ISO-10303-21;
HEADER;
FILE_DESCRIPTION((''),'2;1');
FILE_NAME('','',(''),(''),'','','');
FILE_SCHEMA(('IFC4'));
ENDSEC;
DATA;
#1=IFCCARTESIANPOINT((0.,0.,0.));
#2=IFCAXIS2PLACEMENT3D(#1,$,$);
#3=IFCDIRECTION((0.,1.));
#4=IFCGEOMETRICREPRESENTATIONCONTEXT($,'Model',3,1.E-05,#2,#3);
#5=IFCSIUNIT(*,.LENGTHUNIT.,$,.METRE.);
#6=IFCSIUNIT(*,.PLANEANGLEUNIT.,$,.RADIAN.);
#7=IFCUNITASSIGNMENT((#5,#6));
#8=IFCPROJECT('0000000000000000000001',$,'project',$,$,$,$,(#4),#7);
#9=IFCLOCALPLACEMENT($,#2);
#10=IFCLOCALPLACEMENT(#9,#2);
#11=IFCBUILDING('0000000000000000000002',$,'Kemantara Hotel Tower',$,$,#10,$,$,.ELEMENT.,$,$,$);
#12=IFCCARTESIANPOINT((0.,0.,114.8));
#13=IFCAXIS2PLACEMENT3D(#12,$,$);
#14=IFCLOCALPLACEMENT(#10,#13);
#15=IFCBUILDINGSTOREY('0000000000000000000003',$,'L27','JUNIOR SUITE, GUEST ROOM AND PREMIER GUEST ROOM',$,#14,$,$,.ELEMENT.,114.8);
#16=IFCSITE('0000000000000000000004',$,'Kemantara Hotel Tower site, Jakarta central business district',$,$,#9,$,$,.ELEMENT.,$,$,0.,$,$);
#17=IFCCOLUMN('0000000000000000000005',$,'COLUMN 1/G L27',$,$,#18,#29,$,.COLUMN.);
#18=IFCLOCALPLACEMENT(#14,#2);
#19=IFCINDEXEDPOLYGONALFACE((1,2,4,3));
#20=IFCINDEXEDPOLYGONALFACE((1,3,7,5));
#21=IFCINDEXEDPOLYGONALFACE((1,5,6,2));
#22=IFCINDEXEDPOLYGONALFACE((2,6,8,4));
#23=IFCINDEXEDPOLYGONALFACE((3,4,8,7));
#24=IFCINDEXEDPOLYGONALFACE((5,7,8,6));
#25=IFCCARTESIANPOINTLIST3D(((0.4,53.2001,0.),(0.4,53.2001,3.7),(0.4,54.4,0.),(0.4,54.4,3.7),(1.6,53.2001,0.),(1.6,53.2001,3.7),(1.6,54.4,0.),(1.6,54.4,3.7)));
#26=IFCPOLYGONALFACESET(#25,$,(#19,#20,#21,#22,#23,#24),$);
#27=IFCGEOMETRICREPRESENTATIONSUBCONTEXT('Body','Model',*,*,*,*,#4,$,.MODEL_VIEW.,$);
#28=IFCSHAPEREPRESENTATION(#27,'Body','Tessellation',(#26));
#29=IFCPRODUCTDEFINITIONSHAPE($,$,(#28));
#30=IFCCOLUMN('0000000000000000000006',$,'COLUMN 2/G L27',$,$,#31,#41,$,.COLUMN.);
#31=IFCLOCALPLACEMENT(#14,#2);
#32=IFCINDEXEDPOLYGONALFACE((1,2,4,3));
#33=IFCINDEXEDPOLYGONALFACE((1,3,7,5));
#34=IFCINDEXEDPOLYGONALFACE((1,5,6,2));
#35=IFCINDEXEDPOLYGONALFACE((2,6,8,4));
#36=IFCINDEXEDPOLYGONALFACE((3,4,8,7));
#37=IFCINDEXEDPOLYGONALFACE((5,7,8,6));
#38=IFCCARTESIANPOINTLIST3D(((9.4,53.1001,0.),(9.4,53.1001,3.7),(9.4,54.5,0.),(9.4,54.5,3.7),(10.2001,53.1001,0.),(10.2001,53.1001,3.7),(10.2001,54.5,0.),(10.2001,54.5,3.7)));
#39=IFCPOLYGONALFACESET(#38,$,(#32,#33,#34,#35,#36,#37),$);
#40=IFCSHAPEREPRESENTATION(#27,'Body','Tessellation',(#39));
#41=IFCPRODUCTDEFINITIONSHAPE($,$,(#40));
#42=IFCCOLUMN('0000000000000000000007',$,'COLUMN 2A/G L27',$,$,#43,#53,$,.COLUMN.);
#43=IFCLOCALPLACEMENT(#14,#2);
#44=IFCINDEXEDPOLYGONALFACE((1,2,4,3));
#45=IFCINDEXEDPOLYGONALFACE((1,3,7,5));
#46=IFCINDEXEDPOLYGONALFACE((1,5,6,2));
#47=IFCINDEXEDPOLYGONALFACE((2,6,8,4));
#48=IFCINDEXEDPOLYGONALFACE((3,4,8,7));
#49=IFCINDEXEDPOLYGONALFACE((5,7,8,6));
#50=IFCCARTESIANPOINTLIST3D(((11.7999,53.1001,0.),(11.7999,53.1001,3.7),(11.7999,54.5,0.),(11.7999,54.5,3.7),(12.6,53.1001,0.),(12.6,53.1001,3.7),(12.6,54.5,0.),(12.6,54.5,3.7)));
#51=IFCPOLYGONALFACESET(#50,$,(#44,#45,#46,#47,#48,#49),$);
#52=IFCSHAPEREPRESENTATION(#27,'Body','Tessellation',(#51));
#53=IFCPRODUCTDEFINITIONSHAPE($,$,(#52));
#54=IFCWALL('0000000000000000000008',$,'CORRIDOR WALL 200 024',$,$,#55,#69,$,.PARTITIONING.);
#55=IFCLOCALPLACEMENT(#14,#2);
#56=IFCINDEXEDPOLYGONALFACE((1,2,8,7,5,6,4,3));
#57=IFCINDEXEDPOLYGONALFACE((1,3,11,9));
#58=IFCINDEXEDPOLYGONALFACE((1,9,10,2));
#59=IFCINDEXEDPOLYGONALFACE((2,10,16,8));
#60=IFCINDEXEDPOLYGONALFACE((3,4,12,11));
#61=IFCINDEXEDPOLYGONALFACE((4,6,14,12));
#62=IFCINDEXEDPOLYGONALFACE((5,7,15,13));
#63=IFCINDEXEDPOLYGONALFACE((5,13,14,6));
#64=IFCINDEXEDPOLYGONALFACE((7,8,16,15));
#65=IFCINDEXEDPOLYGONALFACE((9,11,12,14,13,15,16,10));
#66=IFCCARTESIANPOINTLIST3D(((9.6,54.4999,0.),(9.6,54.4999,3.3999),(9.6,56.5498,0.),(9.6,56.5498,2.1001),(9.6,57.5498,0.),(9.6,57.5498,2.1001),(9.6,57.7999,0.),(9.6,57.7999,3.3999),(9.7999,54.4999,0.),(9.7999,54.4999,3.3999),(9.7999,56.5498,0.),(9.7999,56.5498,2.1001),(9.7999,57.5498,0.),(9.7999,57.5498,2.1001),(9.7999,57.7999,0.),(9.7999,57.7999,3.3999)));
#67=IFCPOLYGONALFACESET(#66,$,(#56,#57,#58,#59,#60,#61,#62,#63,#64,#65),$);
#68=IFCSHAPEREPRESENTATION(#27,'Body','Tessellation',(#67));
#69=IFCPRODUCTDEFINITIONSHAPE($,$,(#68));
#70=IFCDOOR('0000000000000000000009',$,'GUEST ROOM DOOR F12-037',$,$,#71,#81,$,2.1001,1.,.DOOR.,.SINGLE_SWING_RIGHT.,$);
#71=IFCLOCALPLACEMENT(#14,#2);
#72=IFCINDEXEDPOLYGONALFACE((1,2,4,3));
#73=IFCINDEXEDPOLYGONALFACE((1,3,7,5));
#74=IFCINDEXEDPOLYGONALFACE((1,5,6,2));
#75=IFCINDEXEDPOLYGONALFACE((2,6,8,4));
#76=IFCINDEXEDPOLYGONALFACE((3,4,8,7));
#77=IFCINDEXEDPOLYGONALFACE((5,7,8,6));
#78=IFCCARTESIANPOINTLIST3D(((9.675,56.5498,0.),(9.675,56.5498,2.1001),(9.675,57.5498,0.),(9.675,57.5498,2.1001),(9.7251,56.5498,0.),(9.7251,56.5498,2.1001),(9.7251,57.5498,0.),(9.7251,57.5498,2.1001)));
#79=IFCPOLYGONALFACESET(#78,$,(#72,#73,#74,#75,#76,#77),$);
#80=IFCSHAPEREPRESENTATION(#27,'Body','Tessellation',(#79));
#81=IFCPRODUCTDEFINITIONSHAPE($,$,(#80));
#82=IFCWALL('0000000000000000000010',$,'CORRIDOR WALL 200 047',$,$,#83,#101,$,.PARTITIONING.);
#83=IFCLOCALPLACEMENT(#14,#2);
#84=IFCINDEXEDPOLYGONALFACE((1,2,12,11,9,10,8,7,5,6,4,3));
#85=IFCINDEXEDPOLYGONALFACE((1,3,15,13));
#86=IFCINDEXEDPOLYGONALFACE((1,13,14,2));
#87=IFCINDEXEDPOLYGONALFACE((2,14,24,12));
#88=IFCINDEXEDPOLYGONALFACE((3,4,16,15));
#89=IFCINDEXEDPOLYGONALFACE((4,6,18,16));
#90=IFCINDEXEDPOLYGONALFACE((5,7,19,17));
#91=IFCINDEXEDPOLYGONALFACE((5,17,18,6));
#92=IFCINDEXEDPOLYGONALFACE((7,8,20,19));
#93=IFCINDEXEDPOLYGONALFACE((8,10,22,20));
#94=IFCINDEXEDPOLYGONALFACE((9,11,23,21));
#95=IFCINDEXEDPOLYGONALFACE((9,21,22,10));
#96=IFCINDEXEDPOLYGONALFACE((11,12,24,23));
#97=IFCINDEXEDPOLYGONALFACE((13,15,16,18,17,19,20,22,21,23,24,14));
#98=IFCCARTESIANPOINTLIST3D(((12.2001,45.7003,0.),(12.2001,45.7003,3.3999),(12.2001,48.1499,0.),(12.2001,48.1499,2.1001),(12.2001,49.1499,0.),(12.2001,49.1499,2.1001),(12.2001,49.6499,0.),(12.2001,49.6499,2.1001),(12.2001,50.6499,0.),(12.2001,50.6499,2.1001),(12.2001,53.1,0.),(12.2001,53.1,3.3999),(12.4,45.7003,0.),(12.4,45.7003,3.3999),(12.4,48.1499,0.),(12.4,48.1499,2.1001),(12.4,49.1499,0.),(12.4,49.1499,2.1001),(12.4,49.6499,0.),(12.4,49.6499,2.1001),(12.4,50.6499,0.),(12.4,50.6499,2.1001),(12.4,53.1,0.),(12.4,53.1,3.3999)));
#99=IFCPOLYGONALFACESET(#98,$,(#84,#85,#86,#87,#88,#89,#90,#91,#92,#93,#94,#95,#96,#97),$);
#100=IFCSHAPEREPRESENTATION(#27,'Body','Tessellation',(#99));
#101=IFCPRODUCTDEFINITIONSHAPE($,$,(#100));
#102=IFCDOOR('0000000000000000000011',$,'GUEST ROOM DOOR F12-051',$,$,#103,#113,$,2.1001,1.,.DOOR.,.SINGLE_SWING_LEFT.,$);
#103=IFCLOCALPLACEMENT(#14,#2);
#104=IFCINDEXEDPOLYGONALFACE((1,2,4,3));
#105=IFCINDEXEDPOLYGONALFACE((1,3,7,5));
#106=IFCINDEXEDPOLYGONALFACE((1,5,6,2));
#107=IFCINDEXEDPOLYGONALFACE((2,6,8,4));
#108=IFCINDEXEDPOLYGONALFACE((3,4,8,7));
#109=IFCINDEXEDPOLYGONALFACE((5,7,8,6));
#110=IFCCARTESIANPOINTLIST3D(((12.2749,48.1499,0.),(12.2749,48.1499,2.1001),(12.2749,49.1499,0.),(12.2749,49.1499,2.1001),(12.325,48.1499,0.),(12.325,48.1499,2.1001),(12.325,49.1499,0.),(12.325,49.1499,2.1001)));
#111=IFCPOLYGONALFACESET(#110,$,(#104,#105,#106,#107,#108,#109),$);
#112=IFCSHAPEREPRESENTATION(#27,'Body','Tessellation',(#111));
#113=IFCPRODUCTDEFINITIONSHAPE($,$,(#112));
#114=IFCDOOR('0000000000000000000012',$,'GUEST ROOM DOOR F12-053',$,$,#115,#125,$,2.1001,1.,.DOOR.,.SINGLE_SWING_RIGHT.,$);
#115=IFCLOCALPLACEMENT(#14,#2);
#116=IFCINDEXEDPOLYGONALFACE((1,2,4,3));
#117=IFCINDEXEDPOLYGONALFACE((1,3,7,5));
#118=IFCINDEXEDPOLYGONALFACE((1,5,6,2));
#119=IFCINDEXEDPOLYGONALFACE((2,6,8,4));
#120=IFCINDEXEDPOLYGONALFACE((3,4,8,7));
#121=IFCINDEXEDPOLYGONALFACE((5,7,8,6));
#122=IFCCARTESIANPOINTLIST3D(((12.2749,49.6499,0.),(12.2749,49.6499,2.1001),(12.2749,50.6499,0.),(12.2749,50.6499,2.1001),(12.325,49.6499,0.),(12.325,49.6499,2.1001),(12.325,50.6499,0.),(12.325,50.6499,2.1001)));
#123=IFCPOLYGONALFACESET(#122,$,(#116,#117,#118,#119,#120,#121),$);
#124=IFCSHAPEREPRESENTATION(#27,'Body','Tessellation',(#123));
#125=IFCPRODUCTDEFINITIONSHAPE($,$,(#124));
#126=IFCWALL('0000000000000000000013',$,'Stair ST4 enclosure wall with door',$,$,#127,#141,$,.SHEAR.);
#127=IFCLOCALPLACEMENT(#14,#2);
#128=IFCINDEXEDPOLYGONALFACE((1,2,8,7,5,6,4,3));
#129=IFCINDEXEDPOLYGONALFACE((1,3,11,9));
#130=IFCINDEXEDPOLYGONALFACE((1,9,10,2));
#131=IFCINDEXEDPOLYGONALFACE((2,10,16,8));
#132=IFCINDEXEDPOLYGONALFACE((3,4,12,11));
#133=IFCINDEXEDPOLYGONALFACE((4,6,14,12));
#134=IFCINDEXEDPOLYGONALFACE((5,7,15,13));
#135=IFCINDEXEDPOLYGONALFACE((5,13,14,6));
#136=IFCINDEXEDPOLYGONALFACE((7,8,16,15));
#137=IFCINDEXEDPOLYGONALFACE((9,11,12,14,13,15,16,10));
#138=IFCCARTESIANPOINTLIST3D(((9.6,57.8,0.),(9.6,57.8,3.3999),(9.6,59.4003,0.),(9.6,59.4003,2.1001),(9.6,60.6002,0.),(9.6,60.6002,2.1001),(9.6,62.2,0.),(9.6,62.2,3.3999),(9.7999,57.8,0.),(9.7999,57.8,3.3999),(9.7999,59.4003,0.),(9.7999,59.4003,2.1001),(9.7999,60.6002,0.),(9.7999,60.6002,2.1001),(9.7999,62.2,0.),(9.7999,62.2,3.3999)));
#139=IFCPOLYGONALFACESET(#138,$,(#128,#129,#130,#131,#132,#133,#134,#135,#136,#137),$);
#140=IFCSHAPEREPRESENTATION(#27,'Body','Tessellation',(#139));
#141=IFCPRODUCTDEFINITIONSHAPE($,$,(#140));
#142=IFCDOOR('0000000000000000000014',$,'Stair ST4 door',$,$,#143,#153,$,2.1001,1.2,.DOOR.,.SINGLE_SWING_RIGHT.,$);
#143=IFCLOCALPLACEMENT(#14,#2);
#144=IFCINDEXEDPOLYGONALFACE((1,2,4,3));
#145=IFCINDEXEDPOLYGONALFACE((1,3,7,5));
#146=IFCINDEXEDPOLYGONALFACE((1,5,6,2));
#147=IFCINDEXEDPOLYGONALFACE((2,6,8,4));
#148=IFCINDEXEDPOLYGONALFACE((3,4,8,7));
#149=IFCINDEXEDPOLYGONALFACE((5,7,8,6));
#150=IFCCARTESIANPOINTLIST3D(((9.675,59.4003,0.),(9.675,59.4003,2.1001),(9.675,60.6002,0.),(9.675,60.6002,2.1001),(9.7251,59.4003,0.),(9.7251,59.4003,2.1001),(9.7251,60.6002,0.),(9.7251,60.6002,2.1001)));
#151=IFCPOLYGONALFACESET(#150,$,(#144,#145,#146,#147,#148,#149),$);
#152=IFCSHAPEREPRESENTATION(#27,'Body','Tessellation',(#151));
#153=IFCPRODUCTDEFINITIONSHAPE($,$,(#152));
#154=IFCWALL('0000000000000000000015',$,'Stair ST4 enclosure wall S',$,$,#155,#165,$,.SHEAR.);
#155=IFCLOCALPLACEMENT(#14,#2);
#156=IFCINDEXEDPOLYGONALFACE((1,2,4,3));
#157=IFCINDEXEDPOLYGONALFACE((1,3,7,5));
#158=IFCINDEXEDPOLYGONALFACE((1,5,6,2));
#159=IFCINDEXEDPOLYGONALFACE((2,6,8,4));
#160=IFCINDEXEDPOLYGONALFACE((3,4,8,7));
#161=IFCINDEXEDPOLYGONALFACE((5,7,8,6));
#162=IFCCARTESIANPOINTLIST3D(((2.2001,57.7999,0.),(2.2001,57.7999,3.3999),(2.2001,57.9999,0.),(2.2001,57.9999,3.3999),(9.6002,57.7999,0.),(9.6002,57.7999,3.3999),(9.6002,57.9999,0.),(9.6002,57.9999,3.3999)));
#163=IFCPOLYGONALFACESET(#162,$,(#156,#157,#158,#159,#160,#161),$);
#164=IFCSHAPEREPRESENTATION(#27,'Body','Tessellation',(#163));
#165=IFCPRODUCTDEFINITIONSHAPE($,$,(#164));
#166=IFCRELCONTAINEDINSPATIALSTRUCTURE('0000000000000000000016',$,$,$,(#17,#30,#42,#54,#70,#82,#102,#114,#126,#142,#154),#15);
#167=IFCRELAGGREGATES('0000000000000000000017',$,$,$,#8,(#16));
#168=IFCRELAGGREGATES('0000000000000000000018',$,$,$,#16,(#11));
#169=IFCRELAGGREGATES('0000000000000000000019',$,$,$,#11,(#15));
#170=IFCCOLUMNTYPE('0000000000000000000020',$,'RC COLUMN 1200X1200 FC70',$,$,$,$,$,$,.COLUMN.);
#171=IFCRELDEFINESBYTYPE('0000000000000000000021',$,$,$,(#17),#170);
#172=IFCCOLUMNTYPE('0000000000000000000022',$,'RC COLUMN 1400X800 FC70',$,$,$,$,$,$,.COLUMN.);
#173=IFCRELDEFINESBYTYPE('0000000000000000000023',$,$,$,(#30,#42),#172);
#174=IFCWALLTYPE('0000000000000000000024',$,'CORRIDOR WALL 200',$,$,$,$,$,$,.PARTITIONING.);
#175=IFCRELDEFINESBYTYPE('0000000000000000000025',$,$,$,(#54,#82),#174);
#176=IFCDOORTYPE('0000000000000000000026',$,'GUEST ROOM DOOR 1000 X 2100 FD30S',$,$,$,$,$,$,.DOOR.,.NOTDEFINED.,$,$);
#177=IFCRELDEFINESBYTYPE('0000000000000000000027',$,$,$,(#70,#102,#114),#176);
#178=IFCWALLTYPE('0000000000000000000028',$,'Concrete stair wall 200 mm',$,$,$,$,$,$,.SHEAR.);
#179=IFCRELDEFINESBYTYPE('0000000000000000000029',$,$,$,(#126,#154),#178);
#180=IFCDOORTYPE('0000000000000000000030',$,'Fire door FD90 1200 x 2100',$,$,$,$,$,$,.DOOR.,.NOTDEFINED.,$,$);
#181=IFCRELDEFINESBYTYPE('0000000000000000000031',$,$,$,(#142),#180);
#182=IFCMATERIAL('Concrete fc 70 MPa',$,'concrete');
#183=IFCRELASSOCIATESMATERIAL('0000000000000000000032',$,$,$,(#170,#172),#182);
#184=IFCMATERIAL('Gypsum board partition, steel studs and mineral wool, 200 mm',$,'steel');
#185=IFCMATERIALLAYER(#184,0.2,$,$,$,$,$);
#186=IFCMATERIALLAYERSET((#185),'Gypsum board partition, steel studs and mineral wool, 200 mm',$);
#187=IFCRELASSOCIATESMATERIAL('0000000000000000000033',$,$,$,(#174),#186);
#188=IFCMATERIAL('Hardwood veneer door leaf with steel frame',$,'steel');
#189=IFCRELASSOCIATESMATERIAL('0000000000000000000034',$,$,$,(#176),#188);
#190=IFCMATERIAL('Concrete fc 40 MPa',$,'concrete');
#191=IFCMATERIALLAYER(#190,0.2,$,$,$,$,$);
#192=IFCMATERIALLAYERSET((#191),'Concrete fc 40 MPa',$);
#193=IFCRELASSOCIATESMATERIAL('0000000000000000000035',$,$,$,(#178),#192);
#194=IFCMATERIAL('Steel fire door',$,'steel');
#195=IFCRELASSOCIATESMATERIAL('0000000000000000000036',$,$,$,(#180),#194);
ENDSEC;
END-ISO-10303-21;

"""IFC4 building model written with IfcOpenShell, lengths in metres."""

from ifc_helpers import new_model, si_unit, direction, frame, frame_2d, origin, origin_2d, place, context, subcontext, project, spatial, rectangle, extrude, material, layer, layer_set, material_profile, profile_set, type_object, element, fill, save


model = new_model("IFC4")

# Units and contexts
model_context = context("Model", 3, precision=1e-05, world=origin(), true_north=direction((0.0, 1.0)))
body_context = subcontext(model_context, "Body", "Model", "MODEL_VIEW")
ifc_project = project(units=[si_unit("LENGTHUNIT", "METRE"), si_unit("PLANEANGLEUNIT", "RADIAN")], contexts=[model_context])

# Site, building, storey
site_placement = place(None, origin())
site = spatial("IfcSite", under=ifc_project, at=site_placement, Name="Kemantara Hotel Tower site, Jakarta central business district", CompositionType="ELEMENT", RefElevation=0.0)
building_placement = place(site_placement, origin())
building = spatial("IfcBuilding", under=site, at=building_placement, Name="Kemantara Hotel Tower", CompositionType="ELEMENT")
storey_placement = place(building_placement, frame((0.0, 0.0, 114.8)))
storey = spatial("IfcBuildingStorey", under=building, at=storey_placement, Name="L27", Description="JUNIOR SUITE, GUEST ROOM AND PREMIER GUEST ROOM", CompositionType="ELEMENT", Elevation=114.8)

# Columns
ifc_material_1 = material(Name="Concrete fc 70 MPa", Category="concrete")
ifc_material_profile_1 = material_profile(ifc_material_1, rectangle(XDim=1.2, YDim=1.2, at=origin_2d()), Name="RC 1200X1200")
ifc_profile_set_1 = profile_set([ifc_material_profile_1], Name="Concrete fc 70 MPa")
column_type_1 = type_object("IfcColumnType", Name="RC COLUMN 1200X1200 FC70", PredefinedType="COLUMN", material=ifc_profile_set_1)
column_placement = place(storey_placement, frame((1.0, 53.8, 0.0), z_axis=(0.0, 0.0, 1.0), x_axis=(1.0, 0.0, 0.0)))
element("IfcColumn", 1, at=column_placement, inside=storey, type_object=column_type_1, Name="COLUMN 1/G L27", PredefinedType="COLUMN", context=body_context, shape_type="SweptSolid", body=[
    extrude(rectangle(XDim=1.2, YDim=1.2, at=origin_2d()), origin(), (0.0, 0.0, 1.0), 3.7),
])
ifc_material_profile_2 = material_profile(ifc_material_1, rectangle(XDim=1.3999, YDim=0.8, at=origin_2d()), Name="RC 1400X800")
ifc_profile_set_2 = profile_set([ifc_material_profile_2], Name="Concrete fc 70 MPa")
column_type_2 = type_object("IfcColumnType", Name="RC COLUMN 1400X800 FC70", PredefinedType="COLUMN", material=ifc_profile_set_2)
for number, where, z_axis, x_axis, name in (
    (2, (9.8, 53.8, 0.0), (0.0, 0.0, 1.0), (0.0, 1.0, 0.0), "COLUMN 2/G L27"),
    (3, (12.2, 53.8, 0.0), (0.0, 0.0, 1.0), (0.0, 1.0, 0.0), "COLUMN 2A/G L27"),
):
    element("IfcColumn", number, at=place(storey_placement, frame(where, z_axis=z_axis, x_axis=x_axis)), inside=storey, type_object=column_type_2, Name=name, PredefinedType="COLUMN", context=body_context, shape_type="SweptSolid", body=[
        extrude(rectangle(XDim=1.3999, YDim=0.8, at=origin_2d()), origin(), (0.0, 0.0, 1.0), 3.7),
    ])

# Wall, opening, door
ifc_material_2 = material(Name="Gypsum board partition, steel studs and mineral wool, 200 mm", Category="steel")
ifc_layer_1 = layer(ifc_material_2, 0.2)
ifc_layer_set_1 = layer_set([ifc_layer_1], Name="Gypsum board partition, steel studs and mineral wool, 200 mm")
wall_type_1 = type_object("IfcWallType", Name="CORRIDOR WALL 200", PredefinedType="PARTITIONING", material=ifc_layer_set_1)
wall_1_placement = place(storey_placement, frame((9.7, 54.5, 0.0), z_axis=(0.0, 0.0, 1.0), x_axis=(0.0, 1.0, 0.0)))
wall_1 = element("IfcWall", 4, at=wall_1_placement, inside=storey, type_object=wall_type_1, Name="CORRIDOR WALL 200 024", PredefinedType="PARTITIONING", context=body_context, shape_type="SweptSolid", body=[
    extrude(rectangle(XDim=3.3, YDim=0.2, at=frame_2d((1.6499, 0.0))), origin(), (0.0, 0.0, 1.0), 3.3999),
])
opening_1_placement = place(wall_1_placement, frame((2.0498, 0.0, 0.0)))
opening_1 = element("IfcOpeningElement", 5, at=opening_1_placement, cuts=wall_1, PredefinedType="OPENING", context=body_context, shape_type="SweptSolid", body=[
    extrude(rectangle(XDim=1.0, YDim=2.1001, at=frame_2d((0.5, 1.05))), frame((0.0, 0.1099, 0.0), z_axis=(0.0, -1.0, 0.0), x_axis=(1.0, 0.0, 0.0)), (0.0, 0.0, 1.0), 0.22),
])
ifc_material_3 = material(Name="Hardwood veneer door leaf with steel frame", Category="steel")
door_type_1 = type_object("IfcDoorType", Name="GUEST ROOM DOOR 1000 X 2100 FD30S", OperationType="NOTDEFINED", PredefinedType="DOOR", material=ifc_material_3)
door_1_placement = place(opening_1_placement, origin())
door_1 = element("IfcDoor", 6, at=door_1_placement, inside=storey, type_object=door_type_1, Name="GUEST ROOM DOOR F12-037", OperationType="SINGLE_SWING_RIGHT", OverallHeight=2.1001, OverallWidth=1.0, PredefinedType="DOOR", context=body_context, shape_type="SweptSolid", body=[
    extrude(rectangle(XDim=1.0, YDim=2.1001, at=frame_2d((0.5, 1.05))), frame((0.0, 0.0249, 0.0), z_axis=(0.0, -1.0, 0.0), x_axis=(1.0, 0.0, 0.0)), (0.0, 0.0, 1.0), 0.05),
])
fill(opening_1, door_1)

# Wall, openings, doors
wall_2_placement = place(storey_placement, frame((12.3, 53.0999, 0.0), z_axis=(0.0, 0.0, 1.0), x_axis=(0.0, -1.0, 0.0)))
wall_2 = element("IfcWall", 7, at=wall_2_placement, inside=storey, type_object=wall_type_1, Name="CORRIDOR WALL 200 047", PredefinedType="PARTITIONING", context=body_context, shape_type="SweptSolid", body=[
    extrude(rectangle(XDim=7.3997, YDim=0.2, at=frame_2d((3.6997, 0.0))), origin(), (0.0, 0.0, 1.0), 3.3999),
])
opening_2_placement = place(wall_2_placement, frame((3.95, 0.0, 0.0)))
opening_2 = element("IfcOpeningElement", 8, at=opening_2_placement, cuts=wall_2, PredefinedType="OPENING", context=body_context, shape_type="SweptSolid", body=[
    extrude(rectangle(XDim=1.0, YDim=2.1001, at=frame_2d((0.5, 1.05))), frame((0.0, 0.1099, 0.0), z_axis=(0.0, -1.0, 0.0), x_axis=(1.0, 0.0, 0.0)), (0.0, 0.0, 1.0), 0.22),
])
opening_3_placement = place(wall_2_placement, frame((2.45, 0.0, 0.0)))
opening_3 = element("IfcOpeningElement", 9, at=opening_3_placement, cuts=wall_2, PredefinedType="OPENING", context=body_context, shape_type="SweptSolid", body=[
    extrude(rectangle(XDim=1.0, YDim=2.1001, at=frame_2d((0.5, 1.05))), frame((0.0, 0.1099, 0.0), z_axis=(0.0, -1.0, 0.0), x_axis=(1.0, 0.0, 0.0)), (0.0, 0.0, 1.0), 0.22),
])
door_2_placement = place(opening_2_placement, origin())
door_2 = element("IfcDoor", 10, at=door_2_placement, inside=storey, type_object=door_type_1, Name="GUEST ROOM DOOR F12-051", OperationType="SINGLE_SWING_LEFT", OverallHeight=2.1001, OverallWidth=1.0, PredefinedType="DOOR", context=body_context, shape_type="SweptSolid", body=[
    extrude(rectangle(XDim=1.0, YDim=2.1001, at=frame_2d((0.5, 1.05))), frame((0.0, 0.0249, 0.0), z_axis=(0.0, -1.0, 0.0), x_axis=(1.0, 0.0, 0.0)), (0.0, 0.0, 1.0), 0.05),
])
fill(opening_2, door_2)
door_3_placement = place(opening_3_placement, origin())
door_3 = element("IfcDoor", 11, at=door_3_placement, inside=storey, type_object=door_type_1, Name="GUEST ROOM DOOR F12-053", OperationType="SINGLE_SWING_RIGHT", OverallHeight=2.1001, OverallWidth=1.0, PredefinedType="DOOR", context=body_context, shape_type="SweptSolid", body=[
    extrude(rectangle(XDim=1.0, YDim=2.1001, at=frame_2d((0.5, 1.05))), frame((0.0, 0.0249, 0.0), z_axis=(0.0, -1.0, 0.0), x_axis=(1.0, 0.0, 0.0)), (0.0, 0.0, 1.0), 0.05),
])
fill(opening_3, door_3)

# Wall, opening, door
ifc_material_4 = material(Name="Concrete fc 40 MPa", Category="concrete")
ifc_layer_2 = layer(ifc_material_4, 0.2)
ifc_layer_set_2 = layer_set([ifc_layer_2], Name="Concrete fc 40 MPa")
wall_type_2 = type_object("IfcWallType", Name="Concrete stair wall 200 mm", PredefinedType="SHEAR", material=ifc_layer_set_2)
wall_3_placement = place(storey_placement, frame((9.7, 57.8, 0.0), z_axis=(0.0, 0.0, 1.0), x_axis=(0.0, 1.0, 0.0)))
wall_3 = element("IfcWall", 12, at=wall_3_placement, inside=storey, type_object=wall_type_2, Name="Stair ST4 enclosure wall with door", PredefinedType="SHEAR", context=body_context, shape_type="SweptSolid", body=[
    extrude(rectangle(XDim=4.3999, YDim=0.2, at=frame_2d((2.2, 0.0))), origin(), (0.0, 0.0, 1.0), 3.3999),
])
opening_4_placement = place(wall_3_placement, frame((1.6001, 0.0, 0.0)))
opening_4 = element("IfcOpeningElement", 13, at=opening_4_placement, cuts=wall_3, PredefinedType="OPENING", context=body_context, shape_type="SweptSolid", body=[
    extrude(rectangle(XDim=1.2, YDim=2.1001, at=frame_2d((0.6001, 1.05))), frame((0.0, 0.1099, 0.0), z_axis=(0.0, -1.0, 0.0), x_axis=(1.0, 0.0, 0.0)), (0.0, 0.0, 1.0), 0.22),
])
ifc_material_5 = material(Name="Steel fire door", Category="steel")
door_type_2 = type_object("IfcDoorType", Name="Fire door FD90 1200 x 2100", OperationType="NOTDEFINED", PredefinedType="DOOR", material=ifc_material_5)
door_4_placement = place(opening_4_placement, origin())
door_4 = element("IfcDoor", 14, at=door_4_placement, inside=storey, type_object=door_type_2, Name="Stair ST4 door", OperationType="SINGLE_SWING_RIGHT", OverallHeight=2.1001, OverallWidth=1.2, PredefinedType="DOOR", context=body_context, shape_type="SweptSolid", body=[
    extrude(rectangle(XDim=1.2, YDim=2.1001, at=frame_2d((0.6001, 1.05))), frame((0.0, 0.0249, 0.0), z_axis=(0.0, -1.0, 0.0), x_axis=(1.0, 0.0, 0.0)), (0.0, 0.0, 1.0), 0.05),
])
fill(opening_4, door_4)

# Wall
wall_4_placement = place(storey_placement, frame((2.2, 57.8999, 0.0), z_axis=(0.0, 0.0, 1.0), x_axis=(1.0, 0.0, 0.0)))
element("IfcWall", 15, at=wall_4_placement, inside=storey, type_object=wall_type_2, Name="Stair ST4 enclosure wall S", PredefinedType="SHEAR", context=body_context, shape_type="SweptSolid", body=[
    extrude(rectangle(XDim=7.4001, YDim=0.2, at=frame_2d((3.7002, 0.0))), origin(), (0.0, 0.0, 1.0), 3.3999),
])

save(model, "model.ifc")
